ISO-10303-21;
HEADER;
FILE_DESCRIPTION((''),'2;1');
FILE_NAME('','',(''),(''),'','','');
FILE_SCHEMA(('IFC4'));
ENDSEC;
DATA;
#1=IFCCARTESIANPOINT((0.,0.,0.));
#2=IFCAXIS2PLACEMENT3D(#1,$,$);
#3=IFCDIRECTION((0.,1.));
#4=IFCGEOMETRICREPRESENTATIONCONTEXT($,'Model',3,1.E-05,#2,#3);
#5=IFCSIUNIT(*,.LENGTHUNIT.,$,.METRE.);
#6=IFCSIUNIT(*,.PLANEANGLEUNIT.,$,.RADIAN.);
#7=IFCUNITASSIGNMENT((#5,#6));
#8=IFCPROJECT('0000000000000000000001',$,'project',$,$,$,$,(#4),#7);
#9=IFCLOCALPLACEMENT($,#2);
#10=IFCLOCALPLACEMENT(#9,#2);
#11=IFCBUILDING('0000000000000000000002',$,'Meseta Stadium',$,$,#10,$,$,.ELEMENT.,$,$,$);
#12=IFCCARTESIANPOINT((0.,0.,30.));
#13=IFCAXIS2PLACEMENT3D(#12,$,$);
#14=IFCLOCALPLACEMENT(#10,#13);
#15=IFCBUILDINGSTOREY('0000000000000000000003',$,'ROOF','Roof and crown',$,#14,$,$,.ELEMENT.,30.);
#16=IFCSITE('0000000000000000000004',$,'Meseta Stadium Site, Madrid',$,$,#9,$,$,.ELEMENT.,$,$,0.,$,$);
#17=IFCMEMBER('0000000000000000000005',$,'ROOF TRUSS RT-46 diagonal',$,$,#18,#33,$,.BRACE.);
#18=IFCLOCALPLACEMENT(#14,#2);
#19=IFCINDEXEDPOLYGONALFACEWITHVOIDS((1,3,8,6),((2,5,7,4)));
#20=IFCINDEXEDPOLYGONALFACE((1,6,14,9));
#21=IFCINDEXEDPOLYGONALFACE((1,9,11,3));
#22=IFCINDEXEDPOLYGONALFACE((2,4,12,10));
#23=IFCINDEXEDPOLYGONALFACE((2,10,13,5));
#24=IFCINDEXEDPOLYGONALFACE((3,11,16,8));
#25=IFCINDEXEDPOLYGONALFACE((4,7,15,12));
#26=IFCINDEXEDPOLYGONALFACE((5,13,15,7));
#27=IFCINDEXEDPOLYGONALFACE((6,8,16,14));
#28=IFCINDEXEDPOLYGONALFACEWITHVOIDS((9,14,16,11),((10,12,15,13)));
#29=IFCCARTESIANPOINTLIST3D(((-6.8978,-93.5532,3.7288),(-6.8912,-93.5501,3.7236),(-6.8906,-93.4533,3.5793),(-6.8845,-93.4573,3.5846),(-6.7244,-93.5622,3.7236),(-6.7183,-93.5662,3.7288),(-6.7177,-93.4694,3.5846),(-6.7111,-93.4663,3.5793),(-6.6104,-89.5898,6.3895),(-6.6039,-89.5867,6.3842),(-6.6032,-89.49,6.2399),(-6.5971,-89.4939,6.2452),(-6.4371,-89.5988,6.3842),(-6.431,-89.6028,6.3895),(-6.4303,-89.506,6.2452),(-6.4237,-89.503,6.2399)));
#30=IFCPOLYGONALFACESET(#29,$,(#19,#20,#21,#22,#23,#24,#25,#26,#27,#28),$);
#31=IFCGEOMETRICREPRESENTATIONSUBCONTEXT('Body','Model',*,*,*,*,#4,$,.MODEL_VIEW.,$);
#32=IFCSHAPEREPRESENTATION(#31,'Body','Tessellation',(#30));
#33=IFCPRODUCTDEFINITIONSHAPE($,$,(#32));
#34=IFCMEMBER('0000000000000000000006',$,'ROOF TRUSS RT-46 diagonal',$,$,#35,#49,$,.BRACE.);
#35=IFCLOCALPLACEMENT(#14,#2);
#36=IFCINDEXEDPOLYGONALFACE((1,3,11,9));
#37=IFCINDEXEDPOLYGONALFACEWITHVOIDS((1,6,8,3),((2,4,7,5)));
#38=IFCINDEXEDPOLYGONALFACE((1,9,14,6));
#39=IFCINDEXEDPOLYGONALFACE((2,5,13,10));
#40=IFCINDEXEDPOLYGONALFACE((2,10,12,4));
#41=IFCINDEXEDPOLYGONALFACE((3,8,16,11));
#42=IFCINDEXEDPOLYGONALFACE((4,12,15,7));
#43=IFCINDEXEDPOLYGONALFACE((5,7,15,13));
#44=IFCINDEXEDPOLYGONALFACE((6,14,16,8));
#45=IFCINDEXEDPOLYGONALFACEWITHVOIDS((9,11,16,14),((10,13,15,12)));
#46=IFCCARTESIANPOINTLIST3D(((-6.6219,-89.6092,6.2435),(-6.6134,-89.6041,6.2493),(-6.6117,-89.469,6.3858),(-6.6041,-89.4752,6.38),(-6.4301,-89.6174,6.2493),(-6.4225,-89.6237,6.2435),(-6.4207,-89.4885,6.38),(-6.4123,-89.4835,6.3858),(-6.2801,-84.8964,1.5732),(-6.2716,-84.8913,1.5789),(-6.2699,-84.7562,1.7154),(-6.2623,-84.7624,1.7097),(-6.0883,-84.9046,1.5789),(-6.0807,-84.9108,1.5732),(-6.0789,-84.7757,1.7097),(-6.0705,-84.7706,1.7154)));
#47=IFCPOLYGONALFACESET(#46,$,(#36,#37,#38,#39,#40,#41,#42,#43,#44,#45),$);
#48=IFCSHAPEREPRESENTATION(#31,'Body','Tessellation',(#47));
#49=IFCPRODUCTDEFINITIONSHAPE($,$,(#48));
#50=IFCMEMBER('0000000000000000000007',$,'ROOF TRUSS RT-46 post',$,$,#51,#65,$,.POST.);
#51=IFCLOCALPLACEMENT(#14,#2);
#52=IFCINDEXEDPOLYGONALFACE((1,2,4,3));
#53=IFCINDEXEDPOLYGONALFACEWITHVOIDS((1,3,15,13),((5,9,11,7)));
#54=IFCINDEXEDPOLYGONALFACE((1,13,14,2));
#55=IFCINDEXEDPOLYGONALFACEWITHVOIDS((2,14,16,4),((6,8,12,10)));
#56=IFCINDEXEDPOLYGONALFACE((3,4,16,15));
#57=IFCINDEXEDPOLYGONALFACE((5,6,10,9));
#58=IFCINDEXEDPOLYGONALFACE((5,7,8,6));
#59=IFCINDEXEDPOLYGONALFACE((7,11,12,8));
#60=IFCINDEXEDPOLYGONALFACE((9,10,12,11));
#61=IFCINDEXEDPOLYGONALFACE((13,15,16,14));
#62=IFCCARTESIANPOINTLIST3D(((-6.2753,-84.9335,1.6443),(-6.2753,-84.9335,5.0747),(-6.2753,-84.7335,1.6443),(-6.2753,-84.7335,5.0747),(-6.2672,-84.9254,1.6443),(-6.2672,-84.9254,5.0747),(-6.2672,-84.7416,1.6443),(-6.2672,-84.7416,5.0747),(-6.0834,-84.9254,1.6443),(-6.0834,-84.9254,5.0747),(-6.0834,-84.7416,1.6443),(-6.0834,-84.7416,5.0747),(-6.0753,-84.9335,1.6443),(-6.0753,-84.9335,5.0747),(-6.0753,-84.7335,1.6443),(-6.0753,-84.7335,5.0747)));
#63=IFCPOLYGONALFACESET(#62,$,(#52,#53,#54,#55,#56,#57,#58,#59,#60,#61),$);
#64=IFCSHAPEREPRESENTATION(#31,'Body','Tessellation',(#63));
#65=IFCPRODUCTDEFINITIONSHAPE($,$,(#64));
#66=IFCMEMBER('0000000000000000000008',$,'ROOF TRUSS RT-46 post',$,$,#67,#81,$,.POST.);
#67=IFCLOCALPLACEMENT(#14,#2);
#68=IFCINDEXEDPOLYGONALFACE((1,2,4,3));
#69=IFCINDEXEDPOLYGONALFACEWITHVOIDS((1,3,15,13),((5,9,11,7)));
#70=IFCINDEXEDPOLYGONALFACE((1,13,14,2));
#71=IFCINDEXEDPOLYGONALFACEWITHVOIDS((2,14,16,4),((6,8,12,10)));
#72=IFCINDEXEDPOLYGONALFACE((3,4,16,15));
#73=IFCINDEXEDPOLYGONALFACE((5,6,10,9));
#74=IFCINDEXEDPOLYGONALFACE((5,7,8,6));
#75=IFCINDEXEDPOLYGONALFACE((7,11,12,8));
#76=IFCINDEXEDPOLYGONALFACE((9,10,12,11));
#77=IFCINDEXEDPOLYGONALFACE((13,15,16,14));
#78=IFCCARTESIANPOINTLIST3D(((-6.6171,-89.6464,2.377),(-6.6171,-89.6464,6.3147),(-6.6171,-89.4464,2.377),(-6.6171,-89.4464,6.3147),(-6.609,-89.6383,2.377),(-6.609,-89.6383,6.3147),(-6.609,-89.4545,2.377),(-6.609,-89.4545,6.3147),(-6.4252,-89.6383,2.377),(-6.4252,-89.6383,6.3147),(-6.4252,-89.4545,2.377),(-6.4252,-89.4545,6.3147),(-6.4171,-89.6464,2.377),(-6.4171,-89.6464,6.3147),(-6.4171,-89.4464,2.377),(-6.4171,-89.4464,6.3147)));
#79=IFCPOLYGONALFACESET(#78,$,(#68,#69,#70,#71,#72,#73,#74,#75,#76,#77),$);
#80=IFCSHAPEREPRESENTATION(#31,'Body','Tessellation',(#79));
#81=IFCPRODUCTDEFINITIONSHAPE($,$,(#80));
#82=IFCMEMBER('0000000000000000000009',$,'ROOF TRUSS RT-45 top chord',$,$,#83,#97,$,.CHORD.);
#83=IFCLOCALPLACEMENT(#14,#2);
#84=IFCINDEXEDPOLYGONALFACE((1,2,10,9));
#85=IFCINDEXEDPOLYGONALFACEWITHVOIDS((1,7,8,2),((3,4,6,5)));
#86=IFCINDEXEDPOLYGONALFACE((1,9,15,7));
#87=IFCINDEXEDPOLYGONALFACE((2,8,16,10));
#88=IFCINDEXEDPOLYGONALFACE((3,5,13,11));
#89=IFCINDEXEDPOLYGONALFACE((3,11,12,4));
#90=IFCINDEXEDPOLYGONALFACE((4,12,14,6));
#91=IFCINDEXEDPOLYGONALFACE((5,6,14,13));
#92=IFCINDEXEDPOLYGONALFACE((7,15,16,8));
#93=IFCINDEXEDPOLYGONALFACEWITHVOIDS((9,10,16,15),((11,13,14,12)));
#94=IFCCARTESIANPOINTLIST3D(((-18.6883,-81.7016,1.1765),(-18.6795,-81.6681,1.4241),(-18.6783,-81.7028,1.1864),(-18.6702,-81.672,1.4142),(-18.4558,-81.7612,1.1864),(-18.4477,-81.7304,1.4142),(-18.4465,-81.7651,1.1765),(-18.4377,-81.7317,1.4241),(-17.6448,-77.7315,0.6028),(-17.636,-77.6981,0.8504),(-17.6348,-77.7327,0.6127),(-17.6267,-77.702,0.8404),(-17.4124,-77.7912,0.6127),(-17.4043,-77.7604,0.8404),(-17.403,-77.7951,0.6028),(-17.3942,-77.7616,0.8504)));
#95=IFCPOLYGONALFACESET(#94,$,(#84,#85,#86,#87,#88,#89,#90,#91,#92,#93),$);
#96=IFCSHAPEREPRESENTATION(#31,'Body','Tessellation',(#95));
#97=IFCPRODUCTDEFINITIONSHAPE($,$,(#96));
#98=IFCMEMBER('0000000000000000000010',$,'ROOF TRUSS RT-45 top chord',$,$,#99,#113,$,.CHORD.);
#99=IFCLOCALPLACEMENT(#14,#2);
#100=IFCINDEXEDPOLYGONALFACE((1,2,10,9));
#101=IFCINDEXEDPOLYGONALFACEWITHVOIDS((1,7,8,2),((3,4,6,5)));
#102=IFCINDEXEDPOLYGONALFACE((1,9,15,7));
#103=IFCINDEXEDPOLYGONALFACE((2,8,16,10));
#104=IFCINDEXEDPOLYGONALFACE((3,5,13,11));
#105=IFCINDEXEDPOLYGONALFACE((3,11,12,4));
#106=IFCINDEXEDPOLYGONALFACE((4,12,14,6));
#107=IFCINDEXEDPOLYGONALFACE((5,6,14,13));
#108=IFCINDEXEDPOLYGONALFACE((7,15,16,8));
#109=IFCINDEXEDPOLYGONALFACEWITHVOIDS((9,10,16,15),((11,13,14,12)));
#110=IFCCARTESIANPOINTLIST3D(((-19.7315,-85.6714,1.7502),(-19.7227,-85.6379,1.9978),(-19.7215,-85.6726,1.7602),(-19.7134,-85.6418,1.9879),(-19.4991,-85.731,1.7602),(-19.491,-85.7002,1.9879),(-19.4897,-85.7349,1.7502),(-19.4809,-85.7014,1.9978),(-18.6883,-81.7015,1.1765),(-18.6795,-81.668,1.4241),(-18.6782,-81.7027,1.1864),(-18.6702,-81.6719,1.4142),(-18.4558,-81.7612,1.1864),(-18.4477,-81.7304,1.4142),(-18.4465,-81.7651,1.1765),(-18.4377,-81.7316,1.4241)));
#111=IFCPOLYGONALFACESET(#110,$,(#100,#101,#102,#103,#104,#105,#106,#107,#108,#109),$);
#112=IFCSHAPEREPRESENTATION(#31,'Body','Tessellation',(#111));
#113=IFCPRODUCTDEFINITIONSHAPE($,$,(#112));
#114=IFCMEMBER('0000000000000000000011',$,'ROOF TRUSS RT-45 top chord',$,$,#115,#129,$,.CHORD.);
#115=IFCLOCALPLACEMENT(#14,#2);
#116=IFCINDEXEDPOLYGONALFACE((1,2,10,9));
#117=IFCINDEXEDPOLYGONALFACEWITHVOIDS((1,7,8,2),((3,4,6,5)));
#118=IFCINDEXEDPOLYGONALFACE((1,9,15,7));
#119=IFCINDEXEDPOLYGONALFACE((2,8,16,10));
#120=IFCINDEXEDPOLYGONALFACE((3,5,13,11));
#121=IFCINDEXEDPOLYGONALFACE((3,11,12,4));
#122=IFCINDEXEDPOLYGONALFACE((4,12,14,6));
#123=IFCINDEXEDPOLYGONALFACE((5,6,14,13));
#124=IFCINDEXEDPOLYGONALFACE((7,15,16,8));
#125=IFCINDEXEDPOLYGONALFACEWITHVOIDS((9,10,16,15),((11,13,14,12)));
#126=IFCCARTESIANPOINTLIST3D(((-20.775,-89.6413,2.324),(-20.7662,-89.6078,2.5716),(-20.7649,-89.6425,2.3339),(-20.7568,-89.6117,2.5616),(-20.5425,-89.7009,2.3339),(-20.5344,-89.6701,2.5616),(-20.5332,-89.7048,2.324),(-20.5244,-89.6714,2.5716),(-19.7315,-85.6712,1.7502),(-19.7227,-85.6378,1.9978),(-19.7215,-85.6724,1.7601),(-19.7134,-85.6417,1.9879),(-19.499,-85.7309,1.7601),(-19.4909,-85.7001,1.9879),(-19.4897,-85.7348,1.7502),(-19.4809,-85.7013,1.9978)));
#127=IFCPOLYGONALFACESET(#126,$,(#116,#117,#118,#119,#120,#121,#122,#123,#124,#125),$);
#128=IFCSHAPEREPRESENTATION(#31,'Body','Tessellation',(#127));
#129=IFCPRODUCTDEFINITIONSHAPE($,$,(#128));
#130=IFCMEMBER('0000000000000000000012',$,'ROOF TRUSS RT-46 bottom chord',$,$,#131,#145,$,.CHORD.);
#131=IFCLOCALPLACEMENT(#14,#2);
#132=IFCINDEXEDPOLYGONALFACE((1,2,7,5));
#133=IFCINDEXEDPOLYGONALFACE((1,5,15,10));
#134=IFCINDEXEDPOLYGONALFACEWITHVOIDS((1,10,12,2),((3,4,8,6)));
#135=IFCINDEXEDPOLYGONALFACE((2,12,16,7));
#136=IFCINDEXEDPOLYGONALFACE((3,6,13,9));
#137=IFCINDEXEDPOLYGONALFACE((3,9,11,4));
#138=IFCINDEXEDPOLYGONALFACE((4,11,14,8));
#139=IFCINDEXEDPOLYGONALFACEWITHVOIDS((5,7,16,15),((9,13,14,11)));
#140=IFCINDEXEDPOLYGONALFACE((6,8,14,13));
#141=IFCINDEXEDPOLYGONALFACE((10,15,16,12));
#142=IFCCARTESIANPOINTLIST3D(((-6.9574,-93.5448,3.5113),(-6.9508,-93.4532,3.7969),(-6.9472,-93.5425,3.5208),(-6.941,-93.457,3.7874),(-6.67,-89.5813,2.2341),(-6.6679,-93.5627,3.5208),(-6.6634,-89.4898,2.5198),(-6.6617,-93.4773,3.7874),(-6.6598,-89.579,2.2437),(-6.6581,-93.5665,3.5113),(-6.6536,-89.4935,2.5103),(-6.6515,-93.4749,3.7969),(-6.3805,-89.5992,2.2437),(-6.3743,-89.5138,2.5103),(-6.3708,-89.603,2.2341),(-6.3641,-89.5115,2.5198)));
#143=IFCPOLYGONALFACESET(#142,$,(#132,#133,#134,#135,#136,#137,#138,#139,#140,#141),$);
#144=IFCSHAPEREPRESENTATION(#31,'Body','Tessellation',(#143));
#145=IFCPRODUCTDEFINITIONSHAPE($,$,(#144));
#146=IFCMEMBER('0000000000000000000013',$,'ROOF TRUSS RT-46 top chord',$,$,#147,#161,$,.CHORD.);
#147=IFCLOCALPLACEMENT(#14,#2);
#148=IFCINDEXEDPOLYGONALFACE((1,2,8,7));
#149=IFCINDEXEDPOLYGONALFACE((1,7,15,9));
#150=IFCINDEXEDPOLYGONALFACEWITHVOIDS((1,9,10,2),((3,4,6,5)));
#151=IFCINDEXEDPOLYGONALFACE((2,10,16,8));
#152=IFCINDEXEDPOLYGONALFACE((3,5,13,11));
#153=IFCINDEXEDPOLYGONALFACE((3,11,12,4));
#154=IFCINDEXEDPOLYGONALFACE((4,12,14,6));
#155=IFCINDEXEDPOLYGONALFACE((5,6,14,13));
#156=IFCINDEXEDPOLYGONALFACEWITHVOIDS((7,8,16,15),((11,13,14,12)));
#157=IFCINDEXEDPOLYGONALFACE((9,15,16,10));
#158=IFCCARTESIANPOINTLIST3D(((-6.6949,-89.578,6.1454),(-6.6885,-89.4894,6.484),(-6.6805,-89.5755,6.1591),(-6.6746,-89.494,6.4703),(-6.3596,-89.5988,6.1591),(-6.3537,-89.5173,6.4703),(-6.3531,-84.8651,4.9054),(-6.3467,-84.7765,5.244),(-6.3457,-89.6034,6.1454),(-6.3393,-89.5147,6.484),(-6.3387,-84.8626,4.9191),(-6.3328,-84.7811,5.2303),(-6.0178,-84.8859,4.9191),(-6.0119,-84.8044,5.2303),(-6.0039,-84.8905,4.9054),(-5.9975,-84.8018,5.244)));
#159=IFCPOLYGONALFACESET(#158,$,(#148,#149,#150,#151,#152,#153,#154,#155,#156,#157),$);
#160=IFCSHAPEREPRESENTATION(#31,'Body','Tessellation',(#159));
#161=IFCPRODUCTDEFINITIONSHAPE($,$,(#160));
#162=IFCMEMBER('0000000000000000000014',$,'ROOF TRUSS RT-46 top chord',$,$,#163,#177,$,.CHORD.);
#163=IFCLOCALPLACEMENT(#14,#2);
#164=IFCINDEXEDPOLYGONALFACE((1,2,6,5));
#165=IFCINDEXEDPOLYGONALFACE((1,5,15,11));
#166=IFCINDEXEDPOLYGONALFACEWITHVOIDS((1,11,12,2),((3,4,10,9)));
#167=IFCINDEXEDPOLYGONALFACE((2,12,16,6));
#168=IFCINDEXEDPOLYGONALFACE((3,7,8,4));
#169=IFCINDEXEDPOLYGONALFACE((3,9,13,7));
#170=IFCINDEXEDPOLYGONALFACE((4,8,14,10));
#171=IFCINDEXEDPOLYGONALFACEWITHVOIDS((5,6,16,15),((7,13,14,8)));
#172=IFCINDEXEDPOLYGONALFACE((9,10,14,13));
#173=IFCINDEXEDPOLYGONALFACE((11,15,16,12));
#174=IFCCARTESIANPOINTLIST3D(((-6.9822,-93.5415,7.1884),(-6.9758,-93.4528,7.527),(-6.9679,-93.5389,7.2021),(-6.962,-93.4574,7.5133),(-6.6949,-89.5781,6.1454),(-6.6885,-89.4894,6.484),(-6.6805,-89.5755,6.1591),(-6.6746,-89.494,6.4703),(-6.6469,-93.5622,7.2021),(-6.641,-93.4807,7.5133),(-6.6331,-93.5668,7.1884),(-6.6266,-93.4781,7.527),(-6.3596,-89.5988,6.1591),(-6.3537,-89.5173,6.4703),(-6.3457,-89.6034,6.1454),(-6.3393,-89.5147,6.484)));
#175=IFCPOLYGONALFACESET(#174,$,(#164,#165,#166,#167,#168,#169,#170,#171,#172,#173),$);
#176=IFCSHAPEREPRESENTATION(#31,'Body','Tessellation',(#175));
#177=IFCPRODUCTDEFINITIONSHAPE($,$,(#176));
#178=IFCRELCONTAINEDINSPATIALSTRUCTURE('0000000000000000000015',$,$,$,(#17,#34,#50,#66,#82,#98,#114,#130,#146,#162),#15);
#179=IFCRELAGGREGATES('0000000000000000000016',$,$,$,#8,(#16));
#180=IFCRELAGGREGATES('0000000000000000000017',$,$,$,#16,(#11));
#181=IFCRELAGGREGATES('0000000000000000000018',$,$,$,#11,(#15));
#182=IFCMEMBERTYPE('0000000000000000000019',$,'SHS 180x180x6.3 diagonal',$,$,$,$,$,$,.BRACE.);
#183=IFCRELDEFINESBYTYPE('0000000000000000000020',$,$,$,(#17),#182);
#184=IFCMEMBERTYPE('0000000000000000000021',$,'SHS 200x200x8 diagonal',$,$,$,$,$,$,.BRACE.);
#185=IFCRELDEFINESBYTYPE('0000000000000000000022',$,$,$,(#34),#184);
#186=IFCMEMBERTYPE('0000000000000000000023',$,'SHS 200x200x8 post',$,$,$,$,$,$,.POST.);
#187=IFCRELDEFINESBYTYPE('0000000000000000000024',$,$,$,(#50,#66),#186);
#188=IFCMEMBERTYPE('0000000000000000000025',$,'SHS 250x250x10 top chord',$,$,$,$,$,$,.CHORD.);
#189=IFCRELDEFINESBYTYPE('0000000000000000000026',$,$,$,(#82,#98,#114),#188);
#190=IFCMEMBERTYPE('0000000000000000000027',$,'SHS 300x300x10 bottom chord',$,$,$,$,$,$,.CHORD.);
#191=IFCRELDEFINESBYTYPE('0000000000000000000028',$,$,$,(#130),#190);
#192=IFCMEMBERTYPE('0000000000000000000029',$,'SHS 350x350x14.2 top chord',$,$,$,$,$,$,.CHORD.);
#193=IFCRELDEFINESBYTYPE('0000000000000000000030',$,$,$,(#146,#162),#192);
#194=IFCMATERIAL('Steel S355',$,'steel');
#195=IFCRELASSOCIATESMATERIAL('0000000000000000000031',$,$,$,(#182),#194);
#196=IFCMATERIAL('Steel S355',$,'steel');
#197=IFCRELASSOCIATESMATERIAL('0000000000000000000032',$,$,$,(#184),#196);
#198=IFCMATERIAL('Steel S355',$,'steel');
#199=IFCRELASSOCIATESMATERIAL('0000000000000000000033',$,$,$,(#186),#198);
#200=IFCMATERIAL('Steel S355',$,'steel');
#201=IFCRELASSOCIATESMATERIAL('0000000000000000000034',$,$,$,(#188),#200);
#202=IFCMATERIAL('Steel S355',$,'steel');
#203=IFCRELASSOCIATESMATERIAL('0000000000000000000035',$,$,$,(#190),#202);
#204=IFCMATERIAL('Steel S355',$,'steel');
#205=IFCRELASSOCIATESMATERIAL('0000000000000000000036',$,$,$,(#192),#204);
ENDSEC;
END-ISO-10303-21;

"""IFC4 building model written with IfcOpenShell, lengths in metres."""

from ifc_helpers import new_model, si_unit, direction, frame, origin, origin_2d, place, context, subcontext, project, spatial, hollow_rectangle, extrude, material, material_profile, profile_set, type_object, element, save


model = new_model("IFC4")

# Units and contexts
model_context = context("Model", 3, precision=1e-05, world=origin(), true_north=direction((0.0, 1.0)))
body_context = subcontext(model_context, "Body", "Model", "MODEL_VIEW")
ifc_project = project(units=[si_unit("LENGTHUNIT", "METRE"), si_unit("PLANEANGLEUNIT", "RADIAN")], contexts=[model_context])

# Site, building, storey
site_placement = place(None, origin())
site = spatial("IfcSite", under=ifc_project, at=site_placement, Name="Meseta Stadium Site, Madrid", CompositionType="ELEMENT", RefElevation=0.0)
building_placement = place(site_placement, origin())
building = spatial("IfcBuilding", under=site, at=building_placement, Name="Meseta Stadium", CompositionType="ELEMENT")
storey_placement = place(building_placement, frame((0.0, 0.0, 30.0)))
storey = spatial("IfcBuildingStorey", under=building, at=storey_placement, Name="ROOF", Description="Roof and crown", CompositionType="ELEMENT", Elevation=30.0)

# Members
ifc_material_1 = material(Name="Steel S355", Category="steel")
ifc_material_profile_1 = material_profile(ifc_material_1, hollow_rectangle(XDim=0.1799, YDim=0.1799, WallThickness=0.0063, at=origin_2d()), Name="SHS 180x180x6.3")
ifc_profile_set_1 = profile_set([ifc_material_profile_1], Name="Steel S355")
member_type_1 = type_object("IfcMemberType", Name="SHS 180x180x6.3 diagonal", PredefinedType="BRACE", material=ifc_profile_set_1)
member_1_placement = place(storey_placement, frame((-6.5171, -89.5464, 6.3147), z_axis=(-0.060087, -0.828768, -0.556358), x_axis=(0.997382, -0.072312, 0.0)))
element("IfcMember", 1, at=member_1_placement, inside=storey, type_object=member_type_1, Name="ROOF TRUSS RT-46 diagonal", PredefinedType="BRACE", context=body_context, shape_type="SweptSolid", body=[
    extrude(hollow_rectangle(XDim=0.1799, YDim=0.1799, WallThickness=0.0063, at=origin_2d()), origin(), (0.0, 0.0, 1.0), 4.7822),
])
ifc_material_2 = material(Name="Steel S355", Category="steel")
ifc_material_profile_2 = material_profile(ifc_material_2, hollow_rectangle(XDim=0.2, YDim=0.2, WallThickness=0.0081, at=origin_2d()), Name="SHS 200x200x8")
ifc_profile_set_2 = profile_set([ifc_material_profile_2], Name="Steel S355")
member_type_2 = type_object("IfcMemberType", Name="SHS 200x200x8 diagonal", PredefinedType="BRACE", material=ifc_profile_set_2)
member_2_placement = place(storey_placement, frame((-6.1753, -84.8335, 1.6443), z_axis=(-0.051446, -0.70936, 0.702966), x_axis=(0.99738, -0.072334, 0.0)))
element("IfcMember", 2, at=member_2_placement, inside=storey, type_object=member_type_2, Name="ROOF TRUSS RT-46 diagonal", PredefinedType="BRACE", context=body_context, shape_type="SweptSolid", body=[
    extrude(hollow_rectangle(XDim=0.2, YDim=0.2, WallThickness=0.0081, at=origin_2d()), origin(), (0.0, 0.0, 1.0), 6.6438),
])
ifc_material_3 = material(Name="Steel S355", Category="steel")
ifc_material_profile_3 = material_profile(ifc_material_3, hollow_rectangle(XDim=0.2, YDim=0.2, WallThickness=0.0081, at=origin_2d()), Name="SHS 200x200x8")
ifc_profile_set_3 = profile_set([ifc_material_profile_3], Name="Steel S355")
member_type_3 = type_object("IfcMemberType", Name="SHS 200x200x8 post", PredefinedType="POST", material=ifc_profile_set_3)
member_3_placement = place(storey_placement, frame((-6.1753, -84.8335, 1.6443), z_axis=(0.0, 0.0, 1.0), x_axis=(1.0, 0.0, 0.0)))
element("IfcMember", 3, at=member_3_placement, inside=storey, type_object=member_type_3, Name="ROOF TRUSS RT-46 post", PredefinedType="POST", context=body_context, shape_type="SweptSolid", body=[
    extrude(hollow_rectangle(XDim=0.2, YDim=0.2, WallThickness=0.0081, at=origin_2d()), origin(), (0.0, 0.0, 1.0), 3.4304),
])
member_4_placement = place(storey_placement, frame((-6.5171, -89.5464, 2.377), z_axis=(0.0, 0.0, 1.0), x_axis=(1.0, 0.0, 0.0)))
element("IfcMember", 4, at=member_4_placement, inside=storey, type_object=member_type_3, Name="ROOF TRUSS RT-46 post", PredefinedType="POST", context=body_context, shape_type="SweptSolid", body=[
    extrude(hollow_rectangle(XDim=0.2, YDim=0.2, WallThickness=0.0081, at=origin_2d()), origin(), (0.0, 0.0, 1.0), 3.9377),
])
ifc_material_4 = material(Name="Steel S355", Category="steel")
ifc_material_profile_4 = material_profile(ifc_material_4, hollow_rectangle(XDim=0.25, YDim=0.25, WallThickness=0.01, at=origin_2d()), Name="SHS 250x250x10")
ifc_profile_set_4 = profile_set([ifc_material_profile_4], Name="Steel S355")
member_type_4 = type_object("IfcMemberType", Name="SHS 250x250x10 top chord", PredefinedType="CHORD", material=ifc_profile_set_4)
member_5_placement = place(storey_placement, frame((-17.5195, -77.7466, 0.7266), z_axis=(-0.251756, -0.95784, 0.138425), x_axis=(0.967151, -0.254203, 0.0)))
element("IfcMember", 5, at=member_5_placement, inside=storey, type_object=member_type_4, Name="ROOF TRUSS RT-45 top chord", PredefinedType="CHORD", context=body_context, shape_type="SweptSolid", body=[
    extrude(hollow_rectangle(XDim=0.25, YDim=0.25, WallThickness=0.01, at=origin_2d()), origin(), (0.0, 0.0, 1.0), 4.1448),
])
member_6_placement = place(storey_placement, frame((-18.563, -81.7166, 1.3003), z_axis=(-0.251715, -0.957849, 0.138435), x_axis=(0.967162, -0.254162, 0.0)))
element("IfcMember", 6, at=member_6_placement, inside=storey, type_object=member_type_4, Name="ROOF TRUSS RT-45 top chord", PredefinedType="CHORD", context=body_context, shape_type="SweptSolid", body=[
    extrude(hollow_rectangle(XDim=0.25, YDim=0.25, WallThickness=0.01, at=origin_2d()), origin(), (0.0, 0.0, 1.0), 4.1445),
])
member_7_placement = place(storey_placement, frame((-19.6062, -85.6863, 1.874), z_axis=(-0.251756, -0.95784, 0.138425), x_axis=(0.967151, -0.254203, 0.0)))
element("IfcMember", 7, at=member_7_placement, inside=storey, type_object=member_type_4, Name="ROOF TRUSS RT-45 top chord", PredefinedType="CHORD", context=body_context, shape_type="SweptSolid", body=[
    extrude(hollow_rectangle(XDim=0.25, YDim=0.25, WallThickness=0.01, at=origin_2d()), origin(), (0.0, 0.0, 1.0), 4.1448),
])
ifc_material_5 = material(Name="Steel S355", Category="steel")
ifc_material_profile_5 = material_profile(ifc_material_5, hollow_rectangle(XDim=0.3, YDim=0.3, WallThickness=0.01, at=origin_2d()), Name="SHS 300x300x10")
ifc_profile_set_5 = profile_set([ifc_material_profile_5], Name="Steel S355")
member_type_5 = type_object("IfcMemberType", Name="SHS 300x300x10 bottom chord", PredefinedType="CHORD", material=ifc_profile_set_5)
member_8_placement = place(storey_placement, frame((-6.5171, -89.5464, 2.377), z_axis=(-0.068844, -0.949549, 0.305968), x_axis=(0.997382, -0.072312, 0.0)))
element("IfcMember", 8, at=member_8_placement, inside=storey, type_object=member_type_5, Name="ROOF TRUSS RT-46 bottom chord", PredefinedType="CHORD", context=body_context, shape_type="SweptSolid", body=[
    extrude(hollow_rectangle(XDim=0.3, YDim=0.3, WallThickness=0.01, at=origin_2d()), origin(), (0.0, 0.0, 1.0), 4.1741),
])
ifc_material_6 = material(Name="Steel S355", Category="steel")
ifc_material_profile_6 = material_profile(ifc_material_6, hollow_rectangle(XDim=0.3501, YDim=0.3501, WallThickness=0.0142, at=origin_2d()), Name="SHS 350x350x14.2")
ifc_profile_set_6 = profile_set([ifc_material_profile_6], Name="Steel S355")
member_type_6 = type_object("IfcMemberType", Name="SHS 350x350x14.2 top chord", PredefinedType="CHORD", material=ifc_profile_set_6)
member_9_placement = place(storey_placement, frame((-6.1753, -84.8335, 5.0747), z_axis=(-0.069965, -0.964717, 0.253823), x_axis=(0.99738, -0.072334, 0.0)))
element("IfcMember", 9, at=member_9_placement, inside=storey, type_object=member_type_6, Name="ROOF TRUSS RT-46 top chord", PredefinedType="CHORD", context=body_context, shape_type="SweptSolid", body=[
    extrude(hollow_rectangle(XDim=0.3501, YDim=0.3501, WallThickness=0.0142, at=origin_2d()), origin(), (0.0, 0.0, 1.0), 4.8853),
])
member_10_placement = place(storey_placement, frame((-6.5171, -89.5464, 6.3147), z_axis=(-0.069943, -0.964708, 0.253864), x_axis=(0.997382, -0.072312, 0.0)))
element("IfcMember", 10, at=member_10_placement, inside=storey, type_object=member_type_6, Name="ROOF TRUSS RT-46 top chord", PredefinedType="CHORD", context=body_context, shape_type="SweptSolid", body=[
    extrude(hollow_rectangle(XDim=0.3501, YDim=0.3501, WallThickness=0.0142, at=origin_2d()), origin(), (0.0, 0.0, 1.0), 4.1084),
])

save(model, "model.ifc")
